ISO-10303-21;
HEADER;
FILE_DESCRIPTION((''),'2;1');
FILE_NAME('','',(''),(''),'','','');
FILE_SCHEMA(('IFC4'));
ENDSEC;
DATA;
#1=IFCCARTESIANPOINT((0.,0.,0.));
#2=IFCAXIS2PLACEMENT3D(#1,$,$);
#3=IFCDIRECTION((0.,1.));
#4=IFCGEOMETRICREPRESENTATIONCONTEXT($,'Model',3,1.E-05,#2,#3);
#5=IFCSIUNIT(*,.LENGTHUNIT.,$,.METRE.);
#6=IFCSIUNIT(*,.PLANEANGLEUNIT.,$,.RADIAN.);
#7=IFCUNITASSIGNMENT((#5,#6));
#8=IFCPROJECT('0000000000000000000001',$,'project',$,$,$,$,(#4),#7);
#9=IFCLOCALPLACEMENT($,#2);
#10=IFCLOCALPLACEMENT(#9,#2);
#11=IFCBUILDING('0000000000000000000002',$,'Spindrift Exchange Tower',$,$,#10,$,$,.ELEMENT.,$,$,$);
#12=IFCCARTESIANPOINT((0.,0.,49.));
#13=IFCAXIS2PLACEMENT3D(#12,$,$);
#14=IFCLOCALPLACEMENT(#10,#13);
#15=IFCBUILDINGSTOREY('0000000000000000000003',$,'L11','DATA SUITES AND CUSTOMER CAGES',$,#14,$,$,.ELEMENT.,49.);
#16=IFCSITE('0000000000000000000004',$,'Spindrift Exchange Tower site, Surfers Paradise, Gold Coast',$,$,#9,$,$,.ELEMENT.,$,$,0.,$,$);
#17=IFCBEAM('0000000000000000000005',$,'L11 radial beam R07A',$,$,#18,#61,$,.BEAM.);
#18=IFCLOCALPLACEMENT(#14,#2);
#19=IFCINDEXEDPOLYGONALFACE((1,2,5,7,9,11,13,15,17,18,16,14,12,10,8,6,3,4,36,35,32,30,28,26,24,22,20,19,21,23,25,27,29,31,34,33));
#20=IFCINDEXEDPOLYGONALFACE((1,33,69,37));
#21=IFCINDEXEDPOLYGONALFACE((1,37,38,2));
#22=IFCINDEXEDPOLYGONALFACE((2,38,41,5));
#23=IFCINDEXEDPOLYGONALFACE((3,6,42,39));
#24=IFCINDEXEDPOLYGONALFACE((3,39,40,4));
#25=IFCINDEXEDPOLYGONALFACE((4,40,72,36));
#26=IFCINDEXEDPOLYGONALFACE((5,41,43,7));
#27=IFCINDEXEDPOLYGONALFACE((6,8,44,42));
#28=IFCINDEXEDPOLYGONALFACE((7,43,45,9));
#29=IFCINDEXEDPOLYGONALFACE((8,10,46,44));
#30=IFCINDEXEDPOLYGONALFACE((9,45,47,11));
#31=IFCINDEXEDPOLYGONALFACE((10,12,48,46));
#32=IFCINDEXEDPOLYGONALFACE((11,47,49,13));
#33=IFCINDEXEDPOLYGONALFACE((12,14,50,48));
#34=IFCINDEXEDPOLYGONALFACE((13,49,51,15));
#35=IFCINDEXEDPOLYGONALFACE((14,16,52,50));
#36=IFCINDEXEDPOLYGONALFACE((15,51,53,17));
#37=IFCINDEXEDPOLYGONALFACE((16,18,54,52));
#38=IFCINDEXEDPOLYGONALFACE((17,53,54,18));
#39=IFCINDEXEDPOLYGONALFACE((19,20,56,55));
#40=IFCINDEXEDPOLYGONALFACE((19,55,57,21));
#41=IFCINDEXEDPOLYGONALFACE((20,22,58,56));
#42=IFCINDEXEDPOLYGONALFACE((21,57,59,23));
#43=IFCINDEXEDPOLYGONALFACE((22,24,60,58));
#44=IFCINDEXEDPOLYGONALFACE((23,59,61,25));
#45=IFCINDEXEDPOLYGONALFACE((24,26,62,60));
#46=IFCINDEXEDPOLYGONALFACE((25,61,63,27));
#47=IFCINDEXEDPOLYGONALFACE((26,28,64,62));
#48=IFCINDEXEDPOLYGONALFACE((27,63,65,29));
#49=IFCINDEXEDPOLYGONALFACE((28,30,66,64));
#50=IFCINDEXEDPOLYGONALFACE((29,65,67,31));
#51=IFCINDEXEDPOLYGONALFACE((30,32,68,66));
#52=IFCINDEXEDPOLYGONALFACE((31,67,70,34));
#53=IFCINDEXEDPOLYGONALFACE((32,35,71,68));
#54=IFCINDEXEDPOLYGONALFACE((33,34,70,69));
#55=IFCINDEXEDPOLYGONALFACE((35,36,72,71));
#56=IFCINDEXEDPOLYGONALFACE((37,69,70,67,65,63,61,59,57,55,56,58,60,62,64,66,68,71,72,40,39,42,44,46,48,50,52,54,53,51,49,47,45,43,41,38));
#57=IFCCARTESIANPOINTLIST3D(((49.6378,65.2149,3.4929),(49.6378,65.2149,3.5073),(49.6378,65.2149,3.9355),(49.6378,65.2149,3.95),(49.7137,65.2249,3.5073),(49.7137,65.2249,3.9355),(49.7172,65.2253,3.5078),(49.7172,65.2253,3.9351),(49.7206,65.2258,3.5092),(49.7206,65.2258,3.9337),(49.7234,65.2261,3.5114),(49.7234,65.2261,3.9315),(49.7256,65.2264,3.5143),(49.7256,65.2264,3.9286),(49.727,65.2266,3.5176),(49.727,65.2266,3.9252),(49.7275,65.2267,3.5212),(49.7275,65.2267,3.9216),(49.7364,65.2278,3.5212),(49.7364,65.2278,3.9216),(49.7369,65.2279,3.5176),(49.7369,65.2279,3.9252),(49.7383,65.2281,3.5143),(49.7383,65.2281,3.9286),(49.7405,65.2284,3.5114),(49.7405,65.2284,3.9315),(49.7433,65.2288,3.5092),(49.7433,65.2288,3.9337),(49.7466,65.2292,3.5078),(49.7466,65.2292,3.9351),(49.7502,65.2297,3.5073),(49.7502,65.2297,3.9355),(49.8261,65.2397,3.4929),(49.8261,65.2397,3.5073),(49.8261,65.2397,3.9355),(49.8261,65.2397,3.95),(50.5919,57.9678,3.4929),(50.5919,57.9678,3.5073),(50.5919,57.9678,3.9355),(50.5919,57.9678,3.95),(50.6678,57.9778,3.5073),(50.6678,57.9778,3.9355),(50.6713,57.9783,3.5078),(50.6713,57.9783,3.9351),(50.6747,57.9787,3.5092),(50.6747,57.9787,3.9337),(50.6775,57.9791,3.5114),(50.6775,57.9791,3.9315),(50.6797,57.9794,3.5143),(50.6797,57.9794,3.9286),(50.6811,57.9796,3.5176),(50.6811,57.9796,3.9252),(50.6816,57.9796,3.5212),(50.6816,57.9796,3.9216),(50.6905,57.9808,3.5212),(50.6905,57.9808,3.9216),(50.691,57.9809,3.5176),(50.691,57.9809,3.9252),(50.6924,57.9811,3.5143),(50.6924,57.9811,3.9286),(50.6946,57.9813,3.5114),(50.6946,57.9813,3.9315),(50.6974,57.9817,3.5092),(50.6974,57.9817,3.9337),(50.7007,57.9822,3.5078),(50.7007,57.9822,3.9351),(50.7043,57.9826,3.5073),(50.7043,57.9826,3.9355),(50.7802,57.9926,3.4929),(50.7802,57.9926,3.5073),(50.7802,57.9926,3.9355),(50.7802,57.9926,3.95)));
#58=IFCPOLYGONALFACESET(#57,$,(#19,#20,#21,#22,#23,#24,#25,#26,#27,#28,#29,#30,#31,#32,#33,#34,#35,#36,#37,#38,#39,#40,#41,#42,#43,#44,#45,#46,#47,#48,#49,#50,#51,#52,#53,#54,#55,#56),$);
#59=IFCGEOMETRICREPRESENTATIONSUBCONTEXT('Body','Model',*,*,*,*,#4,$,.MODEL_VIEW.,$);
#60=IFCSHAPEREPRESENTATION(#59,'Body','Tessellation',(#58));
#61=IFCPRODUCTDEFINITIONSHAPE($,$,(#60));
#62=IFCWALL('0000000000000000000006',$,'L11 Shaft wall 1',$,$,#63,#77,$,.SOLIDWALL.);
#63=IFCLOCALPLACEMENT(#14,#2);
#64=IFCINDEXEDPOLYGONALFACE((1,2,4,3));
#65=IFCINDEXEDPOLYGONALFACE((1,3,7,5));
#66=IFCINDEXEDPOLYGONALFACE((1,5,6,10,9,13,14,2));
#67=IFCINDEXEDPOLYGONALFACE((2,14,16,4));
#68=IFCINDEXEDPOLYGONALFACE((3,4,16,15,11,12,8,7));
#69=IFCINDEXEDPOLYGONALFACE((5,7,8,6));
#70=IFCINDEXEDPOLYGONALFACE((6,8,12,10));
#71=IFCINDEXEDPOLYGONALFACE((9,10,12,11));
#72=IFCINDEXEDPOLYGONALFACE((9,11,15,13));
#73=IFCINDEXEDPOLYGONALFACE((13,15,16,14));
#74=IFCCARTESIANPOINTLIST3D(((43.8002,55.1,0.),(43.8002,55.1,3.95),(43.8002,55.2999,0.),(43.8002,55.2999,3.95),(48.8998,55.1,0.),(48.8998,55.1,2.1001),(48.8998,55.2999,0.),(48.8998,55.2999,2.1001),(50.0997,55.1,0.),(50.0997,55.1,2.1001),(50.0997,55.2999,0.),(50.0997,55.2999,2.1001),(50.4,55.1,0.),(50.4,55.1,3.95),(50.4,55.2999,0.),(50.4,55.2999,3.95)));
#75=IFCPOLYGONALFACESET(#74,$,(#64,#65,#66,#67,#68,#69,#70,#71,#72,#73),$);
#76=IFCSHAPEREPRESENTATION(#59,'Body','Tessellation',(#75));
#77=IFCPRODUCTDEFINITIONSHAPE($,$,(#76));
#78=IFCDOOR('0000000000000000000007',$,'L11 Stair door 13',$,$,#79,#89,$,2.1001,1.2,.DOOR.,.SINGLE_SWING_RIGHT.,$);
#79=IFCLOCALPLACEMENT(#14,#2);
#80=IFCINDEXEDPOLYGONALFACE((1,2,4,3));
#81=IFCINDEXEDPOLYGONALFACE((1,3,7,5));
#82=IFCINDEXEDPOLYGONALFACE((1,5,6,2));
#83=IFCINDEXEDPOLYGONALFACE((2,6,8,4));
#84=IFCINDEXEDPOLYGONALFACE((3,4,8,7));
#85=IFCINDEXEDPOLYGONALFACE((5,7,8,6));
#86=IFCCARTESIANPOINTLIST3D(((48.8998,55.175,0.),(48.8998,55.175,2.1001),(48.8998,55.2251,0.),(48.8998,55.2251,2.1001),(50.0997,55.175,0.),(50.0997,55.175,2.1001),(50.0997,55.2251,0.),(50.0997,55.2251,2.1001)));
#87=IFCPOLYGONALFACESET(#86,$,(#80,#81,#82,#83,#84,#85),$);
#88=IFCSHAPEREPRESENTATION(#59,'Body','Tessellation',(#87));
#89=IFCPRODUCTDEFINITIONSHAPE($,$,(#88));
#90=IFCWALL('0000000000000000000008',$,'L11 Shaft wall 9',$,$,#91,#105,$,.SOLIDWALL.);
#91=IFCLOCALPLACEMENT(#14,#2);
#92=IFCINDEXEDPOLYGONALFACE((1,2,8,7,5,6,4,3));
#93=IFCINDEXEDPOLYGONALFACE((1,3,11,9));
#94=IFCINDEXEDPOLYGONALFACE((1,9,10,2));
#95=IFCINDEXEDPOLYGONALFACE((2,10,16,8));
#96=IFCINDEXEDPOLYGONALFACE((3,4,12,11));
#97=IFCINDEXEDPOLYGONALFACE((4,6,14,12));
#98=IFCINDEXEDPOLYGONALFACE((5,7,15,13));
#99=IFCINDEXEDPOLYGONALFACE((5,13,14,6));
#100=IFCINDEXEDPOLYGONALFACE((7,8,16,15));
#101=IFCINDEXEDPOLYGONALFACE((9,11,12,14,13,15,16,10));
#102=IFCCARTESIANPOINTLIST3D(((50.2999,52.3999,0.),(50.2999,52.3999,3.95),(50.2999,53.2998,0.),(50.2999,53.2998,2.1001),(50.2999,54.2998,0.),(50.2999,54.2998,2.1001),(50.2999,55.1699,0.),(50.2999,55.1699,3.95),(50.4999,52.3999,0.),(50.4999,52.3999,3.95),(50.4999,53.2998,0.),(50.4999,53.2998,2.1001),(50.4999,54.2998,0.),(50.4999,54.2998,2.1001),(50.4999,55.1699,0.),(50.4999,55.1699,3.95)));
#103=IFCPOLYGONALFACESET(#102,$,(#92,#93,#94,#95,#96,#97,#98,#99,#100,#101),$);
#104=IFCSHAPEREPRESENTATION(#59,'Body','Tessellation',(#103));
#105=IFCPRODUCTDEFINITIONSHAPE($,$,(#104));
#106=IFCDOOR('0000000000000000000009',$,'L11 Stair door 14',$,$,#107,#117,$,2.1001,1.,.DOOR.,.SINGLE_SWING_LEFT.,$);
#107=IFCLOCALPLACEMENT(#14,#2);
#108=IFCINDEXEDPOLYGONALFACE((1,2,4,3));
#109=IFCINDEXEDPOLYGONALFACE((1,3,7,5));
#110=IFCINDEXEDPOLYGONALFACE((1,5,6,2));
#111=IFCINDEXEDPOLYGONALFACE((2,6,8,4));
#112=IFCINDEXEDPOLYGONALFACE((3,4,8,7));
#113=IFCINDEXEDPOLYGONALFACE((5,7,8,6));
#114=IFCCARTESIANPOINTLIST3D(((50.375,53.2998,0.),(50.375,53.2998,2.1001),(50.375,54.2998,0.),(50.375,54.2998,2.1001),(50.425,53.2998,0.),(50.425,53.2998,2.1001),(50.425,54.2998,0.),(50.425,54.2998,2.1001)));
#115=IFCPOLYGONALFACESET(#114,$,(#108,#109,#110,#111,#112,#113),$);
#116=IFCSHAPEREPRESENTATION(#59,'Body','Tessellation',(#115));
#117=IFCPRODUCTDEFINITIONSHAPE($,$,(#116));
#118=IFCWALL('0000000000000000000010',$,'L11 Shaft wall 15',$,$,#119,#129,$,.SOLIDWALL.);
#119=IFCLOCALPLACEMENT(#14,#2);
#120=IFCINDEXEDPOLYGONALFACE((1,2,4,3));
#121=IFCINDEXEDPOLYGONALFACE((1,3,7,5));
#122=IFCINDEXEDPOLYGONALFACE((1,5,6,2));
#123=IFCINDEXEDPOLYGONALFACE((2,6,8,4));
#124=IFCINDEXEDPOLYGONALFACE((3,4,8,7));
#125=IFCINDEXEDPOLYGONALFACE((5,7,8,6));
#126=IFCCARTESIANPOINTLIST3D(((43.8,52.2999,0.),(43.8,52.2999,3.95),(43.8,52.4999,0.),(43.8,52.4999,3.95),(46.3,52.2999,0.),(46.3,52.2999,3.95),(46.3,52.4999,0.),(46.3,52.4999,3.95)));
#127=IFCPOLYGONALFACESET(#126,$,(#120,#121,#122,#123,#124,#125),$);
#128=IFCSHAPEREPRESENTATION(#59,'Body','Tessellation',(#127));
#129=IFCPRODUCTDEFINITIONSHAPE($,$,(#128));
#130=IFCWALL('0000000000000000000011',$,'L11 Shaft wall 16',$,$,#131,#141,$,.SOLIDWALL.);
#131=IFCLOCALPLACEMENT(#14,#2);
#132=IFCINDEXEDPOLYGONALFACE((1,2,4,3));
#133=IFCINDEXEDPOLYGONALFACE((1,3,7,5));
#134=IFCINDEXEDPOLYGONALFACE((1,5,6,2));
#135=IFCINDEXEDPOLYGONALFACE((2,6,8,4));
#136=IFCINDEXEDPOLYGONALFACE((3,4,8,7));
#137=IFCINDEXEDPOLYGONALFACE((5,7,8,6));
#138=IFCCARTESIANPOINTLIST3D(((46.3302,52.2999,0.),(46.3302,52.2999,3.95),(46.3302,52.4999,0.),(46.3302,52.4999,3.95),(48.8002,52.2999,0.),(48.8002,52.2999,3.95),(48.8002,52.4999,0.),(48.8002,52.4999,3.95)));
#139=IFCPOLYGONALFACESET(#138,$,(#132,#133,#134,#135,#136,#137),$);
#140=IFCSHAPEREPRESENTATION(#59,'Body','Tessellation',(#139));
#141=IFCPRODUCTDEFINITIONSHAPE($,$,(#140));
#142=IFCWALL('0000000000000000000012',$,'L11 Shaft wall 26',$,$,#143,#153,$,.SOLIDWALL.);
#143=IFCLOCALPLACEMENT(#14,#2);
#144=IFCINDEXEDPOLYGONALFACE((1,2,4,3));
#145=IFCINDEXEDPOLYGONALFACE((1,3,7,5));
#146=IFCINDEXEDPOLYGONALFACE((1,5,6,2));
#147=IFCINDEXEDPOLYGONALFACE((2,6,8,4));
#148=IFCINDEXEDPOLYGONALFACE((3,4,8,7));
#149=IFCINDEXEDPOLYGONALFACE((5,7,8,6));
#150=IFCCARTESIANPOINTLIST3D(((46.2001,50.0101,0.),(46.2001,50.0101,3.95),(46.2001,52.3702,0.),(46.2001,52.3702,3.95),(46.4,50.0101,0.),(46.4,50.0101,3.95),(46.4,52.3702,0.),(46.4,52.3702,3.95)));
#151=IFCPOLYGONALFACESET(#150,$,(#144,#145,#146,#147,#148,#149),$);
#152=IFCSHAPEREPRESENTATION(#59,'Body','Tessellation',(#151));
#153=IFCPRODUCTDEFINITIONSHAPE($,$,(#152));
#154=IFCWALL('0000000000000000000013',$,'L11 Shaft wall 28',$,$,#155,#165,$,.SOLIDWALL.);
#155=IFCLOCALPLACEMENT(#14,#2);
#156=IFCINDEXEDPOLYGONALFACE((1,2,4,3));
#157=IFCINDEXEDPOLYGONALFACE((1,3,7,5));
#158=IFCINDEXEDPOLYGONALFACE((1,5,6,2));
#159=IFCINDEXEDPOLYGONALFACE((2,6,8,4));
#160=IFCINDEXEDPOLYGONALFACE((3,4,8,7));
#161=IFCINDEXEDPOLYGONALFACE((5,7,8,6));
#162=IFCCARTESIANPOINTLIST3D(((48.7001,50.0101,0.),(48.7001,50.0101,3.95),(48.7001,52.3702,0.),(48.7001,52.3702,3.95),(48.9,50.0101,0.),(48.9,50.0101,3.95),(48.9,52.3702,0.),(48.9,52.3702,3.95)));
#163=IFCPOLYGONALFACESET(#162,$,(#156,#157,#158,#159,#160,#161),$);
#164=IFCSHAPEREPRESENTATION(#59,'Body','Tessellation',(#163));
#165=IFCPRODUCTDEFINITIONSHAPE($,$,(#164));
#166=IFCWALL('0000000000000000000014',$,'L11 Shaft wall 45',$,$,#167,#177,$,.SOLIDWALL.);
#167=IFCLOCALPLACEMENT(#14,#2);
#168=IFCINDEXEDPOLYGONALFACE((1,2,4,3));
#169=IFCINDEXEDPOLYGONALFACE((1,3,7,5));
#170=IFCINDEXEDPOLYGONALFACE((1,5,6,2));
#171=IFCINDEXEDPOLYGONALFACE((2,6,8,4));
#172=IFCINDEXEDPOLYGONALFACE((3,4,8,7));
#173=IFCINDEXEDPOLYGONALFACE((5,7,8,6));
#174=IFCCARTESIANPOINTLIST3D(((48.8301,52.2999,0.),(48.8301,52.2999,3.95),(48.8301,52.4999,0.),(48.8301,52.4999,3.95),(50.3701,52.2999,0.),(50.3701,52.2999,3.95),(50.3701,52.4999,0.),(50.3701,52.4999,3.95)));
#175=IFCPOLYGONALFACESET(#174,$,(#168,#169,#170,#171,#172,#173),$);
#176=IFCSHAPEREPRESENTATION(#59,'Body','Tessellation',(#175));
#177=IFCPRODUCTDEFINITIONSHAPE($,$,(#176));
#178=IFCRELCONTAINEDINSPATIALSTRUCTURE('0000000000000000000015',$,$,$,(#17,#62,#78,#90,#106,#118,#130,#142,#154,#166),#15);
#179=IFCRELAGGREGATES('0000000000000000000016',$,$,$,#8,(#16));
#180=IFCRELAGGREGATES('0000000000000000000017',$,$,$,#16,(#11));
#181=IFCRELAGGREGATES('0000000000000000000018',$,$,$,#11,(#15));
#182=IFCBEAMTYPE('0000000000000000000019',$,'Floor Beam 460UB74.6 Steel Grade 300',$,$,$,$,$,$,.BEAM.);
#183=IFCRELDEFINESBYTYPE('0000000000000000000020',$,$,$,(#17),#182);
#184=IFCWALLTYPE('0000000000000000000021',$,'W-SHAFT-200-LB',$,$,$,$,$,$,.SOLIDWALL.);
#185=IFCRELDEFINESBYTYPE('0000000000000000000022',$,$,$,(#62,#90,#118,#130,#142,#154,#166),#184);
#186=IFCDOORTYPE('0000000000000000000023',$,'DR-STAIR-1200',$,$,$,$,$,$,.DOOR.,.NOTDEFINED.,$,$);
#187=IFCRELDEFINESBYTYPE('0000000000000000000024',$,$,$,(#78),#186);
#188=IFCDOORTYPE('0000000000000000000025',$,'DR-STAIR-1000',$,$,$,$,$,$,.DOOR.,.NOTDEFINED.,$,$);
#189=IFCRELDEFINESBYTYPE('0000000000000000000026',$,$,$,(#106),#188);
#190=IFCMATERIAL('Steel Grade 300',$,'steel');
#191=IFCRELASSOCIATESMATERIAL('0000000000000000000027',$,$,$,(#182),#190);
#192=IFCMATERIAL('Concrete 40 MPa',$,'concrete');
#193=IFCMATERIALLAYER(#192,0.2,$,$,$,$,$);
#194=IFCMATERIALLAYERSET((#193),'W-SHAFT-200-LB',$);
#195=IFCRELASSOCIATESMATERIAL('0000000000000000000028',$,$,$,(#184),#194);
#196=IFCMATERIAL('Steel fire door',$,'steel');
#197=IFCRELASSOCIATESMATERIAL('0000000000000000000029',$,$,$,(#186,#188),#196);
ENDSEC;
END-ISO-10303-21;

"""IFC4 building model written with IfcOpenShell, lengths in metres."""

from ifc_helpers import new_model, si_unit, direction, frame, frame_2d, origin, origin_2d, place, context, subcontext, project, spatial, rectangle, i_section, extrude, source, transform, mapped, material, layer, layer_set, material_profile, profile_set, type_object, element, fill, save


model = new_model("IFC4")

# Units and contexts
model_context = context("Model", 3, precision=1e-05, world=origin(), true_north=direction((0.0, 1.0)))
body_context = subcontext(model_context, "Body", "Model", "MODEL_VIEW")
ifc_project = project(units=[si_unit("LENGTHUNIT", "METRE"), si_unit("PLANEANGLEUNIT", "RADIAN")], contexts=[model_context])

# Site, building, storey
site_placement = place(None, origin())
site = spatial("IfcSite", under=ifc_project, at=site_placement, Name="Spindrift Exchange Tower site, Surfers Paradise, Gold Coast", CompositionType="ELEMENT", RefElevation=0.0)
building_placement = place(site_placement, origin())
building = spatial("IfcBuilding", under=site, at=building_placement, Name="Spindrift Exchange Tower", CompositionType="ELEMENT")
storey_placement = place(building_placement, frame((0.0, 0.0, 49.0)))
storey = spatial("IfcBuildingStorey", under=building, at=storey_placement, Name="L11", Description="DATA SUITES AND CUSTOMER CAGES", CompositionType="ELEMENT", Elevation=49.0)

# Beam
ifc_material_1 = material(Name="Steel Grade 300", Category="steel")
ifc_material_profile = material_profile(ifc_material_1, i_section(OverallWidth=0.1899, OverallDepth=0.457, WebThickness=0.009, FlangeThickness=0.0144, FilletRadius=0.0139, at=origin_2d()), Name="460UB74.6")
ifc_profile_set = profile_set([ifc_material_profile], Name="Steel Grade 300")
beam_type = type_object("IfcBeamType", Name="Floor Beam 460UB74.6 Steel Grade 300", PredefinedType="BEAM", material=ifc_profile_set)
shared_shape_1 = source(origin(), body_context, "Body", "SweptSolid", [
    extrude(i_section(OverallWidth=0.1899, OverallDepth=0.457, WebThickness=0.009, FlangeThickness=0.0144, FilletRadius=0.0139, at=origin_2d()), origin(), (0.0, 0.0, 1.0), 7.3096),
])
beam_placement = place(storey_placement, frame((50.686, 57.9802, 3.7214), z_axis=(-0.130527, 0.991445, 0.0), x_axis=(-0.991445, -0.130527, 0.0)))
element("IfcBeam", 1, at=beam_placement, inside=storey, type_object=beam_type, Name="L11 radial beam R07A", PredefinedType="BEAM", context=body_context, shape_type="MappedRepresentation", body=[
    mapped(shared_shape_1, transform((0.0, 0.0, 0.0), scale=1.0)),
])

# Walls, openings, doors
ifc_material_2 = material(Name="Concrete 40 MPa", Category="concrete")
ifc_layer = layer(ifc_material_2, 0.2)
ifc_layer_set = layer_set([ifc_layer], Name="W-SHAFT-200-LB")
wall_type = type_object("IfcWallType", Name="W-SHAFT-200-LB", PredefinedType="SOLIDWALL", material=ifc_layer_set)
wall_1_placement = place(storey_placement, frame((50.3999, 55.2, 0.0), z_axis=(0.0, 0.0, 1.0), x_axis=(-1.0, 0.0, 0.0)))
wall_1 = element("IfcWall", 2, at=wall_1_placement, inside=storey, type_object=wall_type, Name="L11 Shaft wall 1", PredefinedType="SOLIDWALL", context=body_context, shape_type="SweptSolid", body=[
    extrude(rectangle(XDim=6.5999, YDim=0.2, at=frame_2d((3.2998, 0.0))), origin(), (0.0, 0.0, 1.0), 3.95),
])
opening_1_placement = place(wall_1_placement, frame((0.3, 0.0, 0.0)))
opening_1 = element("IfcOpeningElement", 3, at=opening_1_placement, cuts=wall_1, PredefinedType="OPENING", context=body_context, shape_type="SweptSolid", body=[
    extrude(rectangle(XDim=1.2, YDim=2.1001, at=frame_2d((0.6001, 1.05))), frame((0.0, 0.1099, 0.0), z_axis=(0.0, -1.0, 0.0), x_axis=(1.0, 0.0, 0.0)), (0.0, 0.0, 1.0), 0.22),
])
ifc_material_3 = material(Name="Steel fire door", Category="steel")
door_type_1 = type_object("IfcDoorType", Name="DR-STAIR-1200", OperationType="NOTDEFINED", PredefinedType="DOOR", material=ifc_material_3)
shared_shape_2 = source(origin(), body_context, "Body", "SweptSolid", [
    extrude(rectangle(XDim=1.2, YDim=2.1001, at=frame_2d((0.6001, 1.05))), frame((0.0, 0.0249, 0.0), z_axis=(0.0, -1.0, 0.0), x_axis=(1.0, 0.0, 0.0)), (0.0, 0.0, 1.0), 0.05),
])
door_1_placement = place(opening_1_placement, origin())
door_1 = element("IfcDoor", 4, at=door_1_placement, inside=storey, type_object=door_type_1, Name="L11 Stair door 13", OperationType="SINGLE_SWING_RIGHT", OverallHeight=2.1001, OverallWidth=1.2, PredefinedType="DOOR", context=body_context, shape_type="MappedRepresentation", body=[
    mapped(shared_shape_2, transform((0.0, 0.0, 0.0), scale=1.0)),
])
fill(opening_1, door_1)
wall_2_placement = place(storey_placement, frame((50.3999, 52.3999, 0.0), z_axis=(0.0, 0.0, 1.0), x_axis=(0.0, 1.0, 0.0)))
wall_2 = element("IfcWall", 5, at=wall_2_placement, inside=storey, type_object=wall_type, Name="L11 Shaft wall 9", PredefinedType="SOLIDWALL", context=body_context, shape_type="SweptSolid", body=[
    extrude(rectangle(XDim=2.77, YDim=0.2, at=frame_2d((1.385, 0.0))), origin(), (0.0, 0.0, 1.0), 3.95),
])
opening_2_placement = place(wall_2_placement, frame((0.8999, 0.0, 0.0)))
opening_2 = element("IfcOpeningElement", 6, at=opening_2_placement, cuts=wall_2, PredefinedType="OPENING", context=body_context, shape_type="SweptSolid", body=[
    extrude(rectangle(XDim=1.0, YDim=2.1001, at=frame_2d((0.5, 1.05))), frame((0.0, 0.1099, 0.0), z_axis=(0.0, -1.0, 0.0), x_axis=(1.0, 0.0, 0.0)), (0.0, 0.0, 1.0), 0.22),
])
door_type_2 = type_object("IfcDoorType", Name="DR-STAIR-1000", OperationType="NOTDEFINED", PredefinedType="DOOR", material=ifc_material_3)
shared_shape_3 = source(origin(), body_context, "Body", "SweptSolid", [
    extrude(rectangle(XDim=1.0, YDim=2.1001, at=frame_2d((0.5, 1.05))), frame((0.0, 0.0249, 0.0), z_axis=(0.0, -1.0, 0.0), x_axis=(1.0, 0.0, 0.0)), (0.0, 0.0, 1.0), 0.05),
])
door_2_placement = place(opening_2_placement, origin())
door_2 = element("IfcDoor", 7, at=door_2_placement, inside=storey, type_object=door_type_2, Name="L11 Stair door 14", OperationType="SINGLE_SWING_LEFT", OverallHeight=2.1001, OverallWidth=1.0, PredefinedType="DOOR", context=body_context, shape_type="MappedRepresentation", body=[
    mapped(shared_shape_3, transform((0.0, 0.0, 0.0), scale=1.0)),
])
fill(opening_2, door_2)

# Walls
wall_3_placement = place(storey_placement, frame((46.3, 52.3999, 0.0), z_axis=(0.0, 0.0, 1.0), x_axis=(-1.0, 0.0, 0.0)))
element("IfcWall", 8, at=wall_3_placement, inside=storey, type_object=wall_type, Name="L11 Shaft wall 15", PredefinedType="SOLIDWALL", context=body_context, shape_type="SweptSolid", body=[
    extrude(rectangle(XDim=2.5, YDim=0.2, at=frame_2d((1.25, 0.0))), origin(), (0.0, 0.0, 1.0), 3.95),
])
wall_4_placement = place(storey_placement, frame((48.8, 52.3999, 0.0), z_axis=(0.0, 0.0, 1.0), x_axis=(-1.0, 0.0, 0.0)))
element("IfcWall", 9, at=wall_4_placement, inside=storey, type_object=wall_type, Name="L11 Shaft wall 16", PredefinedType="SOLIDWALL", context=body_context, shape_type="SweptSolid", body=[
    extrude(rectangle(XDim=2.47, YDim=0.2, at=frame_2d((1.2349, 0.0))), origin(), (0.0, 0.0, 1.0), 3.95),
])
for number, where, z_axis, x_axis, name in (
    (10, (46.3, 50.01, 0.0), (0.0, 0.0, 1.0), (0.0, 1.0, 0.0), "L11 Shaft wall 26"),
    (11, (48.8, 50.01, 0.0), (0.0, 0.0, 1.0), (0.0, 1.0, 0.0), "L11 Shaft wall 28"),
):
    element("IfcWall", number, at=place(storey_placement, frame(where, z_axis=z_axis, x_axis=x_axis)), inside=storey, type_object=wall_type, Name=name, PredefinedType="SOLIDWALL", context=body_context, shape_type="SweptSolid", body=[
        extrude(rectangle(XDim=2.3601, YDim=0.2, at=frame_2d((1.1802, 0.0))), origin(), (0.0, 0.0, 1.0), 3.95),
    ])
wall_5_placement = place(storey_placement, frame((50.3701, 52.3999, 0.0), z_axis=(0.0, 0.0, 1.0), x_axis=(-1.0, 0.0, 0.0)))
element("IfcWall", 12, at=wall_5_placement, inside=storey, type_object=wall_type, Name="L11 Shaft wall 45", PredefinedType="SOLIDWALL", context=body_context, shape_type="SweptSolid", body=[
    extrude(rectangle(XDim=1.54, YDim=0.2, at=frame_2d((0.77, 0.0))), origin(), (0.0, 0.0, 1.0), 3.95),
])

save(model, "model.ifc")
